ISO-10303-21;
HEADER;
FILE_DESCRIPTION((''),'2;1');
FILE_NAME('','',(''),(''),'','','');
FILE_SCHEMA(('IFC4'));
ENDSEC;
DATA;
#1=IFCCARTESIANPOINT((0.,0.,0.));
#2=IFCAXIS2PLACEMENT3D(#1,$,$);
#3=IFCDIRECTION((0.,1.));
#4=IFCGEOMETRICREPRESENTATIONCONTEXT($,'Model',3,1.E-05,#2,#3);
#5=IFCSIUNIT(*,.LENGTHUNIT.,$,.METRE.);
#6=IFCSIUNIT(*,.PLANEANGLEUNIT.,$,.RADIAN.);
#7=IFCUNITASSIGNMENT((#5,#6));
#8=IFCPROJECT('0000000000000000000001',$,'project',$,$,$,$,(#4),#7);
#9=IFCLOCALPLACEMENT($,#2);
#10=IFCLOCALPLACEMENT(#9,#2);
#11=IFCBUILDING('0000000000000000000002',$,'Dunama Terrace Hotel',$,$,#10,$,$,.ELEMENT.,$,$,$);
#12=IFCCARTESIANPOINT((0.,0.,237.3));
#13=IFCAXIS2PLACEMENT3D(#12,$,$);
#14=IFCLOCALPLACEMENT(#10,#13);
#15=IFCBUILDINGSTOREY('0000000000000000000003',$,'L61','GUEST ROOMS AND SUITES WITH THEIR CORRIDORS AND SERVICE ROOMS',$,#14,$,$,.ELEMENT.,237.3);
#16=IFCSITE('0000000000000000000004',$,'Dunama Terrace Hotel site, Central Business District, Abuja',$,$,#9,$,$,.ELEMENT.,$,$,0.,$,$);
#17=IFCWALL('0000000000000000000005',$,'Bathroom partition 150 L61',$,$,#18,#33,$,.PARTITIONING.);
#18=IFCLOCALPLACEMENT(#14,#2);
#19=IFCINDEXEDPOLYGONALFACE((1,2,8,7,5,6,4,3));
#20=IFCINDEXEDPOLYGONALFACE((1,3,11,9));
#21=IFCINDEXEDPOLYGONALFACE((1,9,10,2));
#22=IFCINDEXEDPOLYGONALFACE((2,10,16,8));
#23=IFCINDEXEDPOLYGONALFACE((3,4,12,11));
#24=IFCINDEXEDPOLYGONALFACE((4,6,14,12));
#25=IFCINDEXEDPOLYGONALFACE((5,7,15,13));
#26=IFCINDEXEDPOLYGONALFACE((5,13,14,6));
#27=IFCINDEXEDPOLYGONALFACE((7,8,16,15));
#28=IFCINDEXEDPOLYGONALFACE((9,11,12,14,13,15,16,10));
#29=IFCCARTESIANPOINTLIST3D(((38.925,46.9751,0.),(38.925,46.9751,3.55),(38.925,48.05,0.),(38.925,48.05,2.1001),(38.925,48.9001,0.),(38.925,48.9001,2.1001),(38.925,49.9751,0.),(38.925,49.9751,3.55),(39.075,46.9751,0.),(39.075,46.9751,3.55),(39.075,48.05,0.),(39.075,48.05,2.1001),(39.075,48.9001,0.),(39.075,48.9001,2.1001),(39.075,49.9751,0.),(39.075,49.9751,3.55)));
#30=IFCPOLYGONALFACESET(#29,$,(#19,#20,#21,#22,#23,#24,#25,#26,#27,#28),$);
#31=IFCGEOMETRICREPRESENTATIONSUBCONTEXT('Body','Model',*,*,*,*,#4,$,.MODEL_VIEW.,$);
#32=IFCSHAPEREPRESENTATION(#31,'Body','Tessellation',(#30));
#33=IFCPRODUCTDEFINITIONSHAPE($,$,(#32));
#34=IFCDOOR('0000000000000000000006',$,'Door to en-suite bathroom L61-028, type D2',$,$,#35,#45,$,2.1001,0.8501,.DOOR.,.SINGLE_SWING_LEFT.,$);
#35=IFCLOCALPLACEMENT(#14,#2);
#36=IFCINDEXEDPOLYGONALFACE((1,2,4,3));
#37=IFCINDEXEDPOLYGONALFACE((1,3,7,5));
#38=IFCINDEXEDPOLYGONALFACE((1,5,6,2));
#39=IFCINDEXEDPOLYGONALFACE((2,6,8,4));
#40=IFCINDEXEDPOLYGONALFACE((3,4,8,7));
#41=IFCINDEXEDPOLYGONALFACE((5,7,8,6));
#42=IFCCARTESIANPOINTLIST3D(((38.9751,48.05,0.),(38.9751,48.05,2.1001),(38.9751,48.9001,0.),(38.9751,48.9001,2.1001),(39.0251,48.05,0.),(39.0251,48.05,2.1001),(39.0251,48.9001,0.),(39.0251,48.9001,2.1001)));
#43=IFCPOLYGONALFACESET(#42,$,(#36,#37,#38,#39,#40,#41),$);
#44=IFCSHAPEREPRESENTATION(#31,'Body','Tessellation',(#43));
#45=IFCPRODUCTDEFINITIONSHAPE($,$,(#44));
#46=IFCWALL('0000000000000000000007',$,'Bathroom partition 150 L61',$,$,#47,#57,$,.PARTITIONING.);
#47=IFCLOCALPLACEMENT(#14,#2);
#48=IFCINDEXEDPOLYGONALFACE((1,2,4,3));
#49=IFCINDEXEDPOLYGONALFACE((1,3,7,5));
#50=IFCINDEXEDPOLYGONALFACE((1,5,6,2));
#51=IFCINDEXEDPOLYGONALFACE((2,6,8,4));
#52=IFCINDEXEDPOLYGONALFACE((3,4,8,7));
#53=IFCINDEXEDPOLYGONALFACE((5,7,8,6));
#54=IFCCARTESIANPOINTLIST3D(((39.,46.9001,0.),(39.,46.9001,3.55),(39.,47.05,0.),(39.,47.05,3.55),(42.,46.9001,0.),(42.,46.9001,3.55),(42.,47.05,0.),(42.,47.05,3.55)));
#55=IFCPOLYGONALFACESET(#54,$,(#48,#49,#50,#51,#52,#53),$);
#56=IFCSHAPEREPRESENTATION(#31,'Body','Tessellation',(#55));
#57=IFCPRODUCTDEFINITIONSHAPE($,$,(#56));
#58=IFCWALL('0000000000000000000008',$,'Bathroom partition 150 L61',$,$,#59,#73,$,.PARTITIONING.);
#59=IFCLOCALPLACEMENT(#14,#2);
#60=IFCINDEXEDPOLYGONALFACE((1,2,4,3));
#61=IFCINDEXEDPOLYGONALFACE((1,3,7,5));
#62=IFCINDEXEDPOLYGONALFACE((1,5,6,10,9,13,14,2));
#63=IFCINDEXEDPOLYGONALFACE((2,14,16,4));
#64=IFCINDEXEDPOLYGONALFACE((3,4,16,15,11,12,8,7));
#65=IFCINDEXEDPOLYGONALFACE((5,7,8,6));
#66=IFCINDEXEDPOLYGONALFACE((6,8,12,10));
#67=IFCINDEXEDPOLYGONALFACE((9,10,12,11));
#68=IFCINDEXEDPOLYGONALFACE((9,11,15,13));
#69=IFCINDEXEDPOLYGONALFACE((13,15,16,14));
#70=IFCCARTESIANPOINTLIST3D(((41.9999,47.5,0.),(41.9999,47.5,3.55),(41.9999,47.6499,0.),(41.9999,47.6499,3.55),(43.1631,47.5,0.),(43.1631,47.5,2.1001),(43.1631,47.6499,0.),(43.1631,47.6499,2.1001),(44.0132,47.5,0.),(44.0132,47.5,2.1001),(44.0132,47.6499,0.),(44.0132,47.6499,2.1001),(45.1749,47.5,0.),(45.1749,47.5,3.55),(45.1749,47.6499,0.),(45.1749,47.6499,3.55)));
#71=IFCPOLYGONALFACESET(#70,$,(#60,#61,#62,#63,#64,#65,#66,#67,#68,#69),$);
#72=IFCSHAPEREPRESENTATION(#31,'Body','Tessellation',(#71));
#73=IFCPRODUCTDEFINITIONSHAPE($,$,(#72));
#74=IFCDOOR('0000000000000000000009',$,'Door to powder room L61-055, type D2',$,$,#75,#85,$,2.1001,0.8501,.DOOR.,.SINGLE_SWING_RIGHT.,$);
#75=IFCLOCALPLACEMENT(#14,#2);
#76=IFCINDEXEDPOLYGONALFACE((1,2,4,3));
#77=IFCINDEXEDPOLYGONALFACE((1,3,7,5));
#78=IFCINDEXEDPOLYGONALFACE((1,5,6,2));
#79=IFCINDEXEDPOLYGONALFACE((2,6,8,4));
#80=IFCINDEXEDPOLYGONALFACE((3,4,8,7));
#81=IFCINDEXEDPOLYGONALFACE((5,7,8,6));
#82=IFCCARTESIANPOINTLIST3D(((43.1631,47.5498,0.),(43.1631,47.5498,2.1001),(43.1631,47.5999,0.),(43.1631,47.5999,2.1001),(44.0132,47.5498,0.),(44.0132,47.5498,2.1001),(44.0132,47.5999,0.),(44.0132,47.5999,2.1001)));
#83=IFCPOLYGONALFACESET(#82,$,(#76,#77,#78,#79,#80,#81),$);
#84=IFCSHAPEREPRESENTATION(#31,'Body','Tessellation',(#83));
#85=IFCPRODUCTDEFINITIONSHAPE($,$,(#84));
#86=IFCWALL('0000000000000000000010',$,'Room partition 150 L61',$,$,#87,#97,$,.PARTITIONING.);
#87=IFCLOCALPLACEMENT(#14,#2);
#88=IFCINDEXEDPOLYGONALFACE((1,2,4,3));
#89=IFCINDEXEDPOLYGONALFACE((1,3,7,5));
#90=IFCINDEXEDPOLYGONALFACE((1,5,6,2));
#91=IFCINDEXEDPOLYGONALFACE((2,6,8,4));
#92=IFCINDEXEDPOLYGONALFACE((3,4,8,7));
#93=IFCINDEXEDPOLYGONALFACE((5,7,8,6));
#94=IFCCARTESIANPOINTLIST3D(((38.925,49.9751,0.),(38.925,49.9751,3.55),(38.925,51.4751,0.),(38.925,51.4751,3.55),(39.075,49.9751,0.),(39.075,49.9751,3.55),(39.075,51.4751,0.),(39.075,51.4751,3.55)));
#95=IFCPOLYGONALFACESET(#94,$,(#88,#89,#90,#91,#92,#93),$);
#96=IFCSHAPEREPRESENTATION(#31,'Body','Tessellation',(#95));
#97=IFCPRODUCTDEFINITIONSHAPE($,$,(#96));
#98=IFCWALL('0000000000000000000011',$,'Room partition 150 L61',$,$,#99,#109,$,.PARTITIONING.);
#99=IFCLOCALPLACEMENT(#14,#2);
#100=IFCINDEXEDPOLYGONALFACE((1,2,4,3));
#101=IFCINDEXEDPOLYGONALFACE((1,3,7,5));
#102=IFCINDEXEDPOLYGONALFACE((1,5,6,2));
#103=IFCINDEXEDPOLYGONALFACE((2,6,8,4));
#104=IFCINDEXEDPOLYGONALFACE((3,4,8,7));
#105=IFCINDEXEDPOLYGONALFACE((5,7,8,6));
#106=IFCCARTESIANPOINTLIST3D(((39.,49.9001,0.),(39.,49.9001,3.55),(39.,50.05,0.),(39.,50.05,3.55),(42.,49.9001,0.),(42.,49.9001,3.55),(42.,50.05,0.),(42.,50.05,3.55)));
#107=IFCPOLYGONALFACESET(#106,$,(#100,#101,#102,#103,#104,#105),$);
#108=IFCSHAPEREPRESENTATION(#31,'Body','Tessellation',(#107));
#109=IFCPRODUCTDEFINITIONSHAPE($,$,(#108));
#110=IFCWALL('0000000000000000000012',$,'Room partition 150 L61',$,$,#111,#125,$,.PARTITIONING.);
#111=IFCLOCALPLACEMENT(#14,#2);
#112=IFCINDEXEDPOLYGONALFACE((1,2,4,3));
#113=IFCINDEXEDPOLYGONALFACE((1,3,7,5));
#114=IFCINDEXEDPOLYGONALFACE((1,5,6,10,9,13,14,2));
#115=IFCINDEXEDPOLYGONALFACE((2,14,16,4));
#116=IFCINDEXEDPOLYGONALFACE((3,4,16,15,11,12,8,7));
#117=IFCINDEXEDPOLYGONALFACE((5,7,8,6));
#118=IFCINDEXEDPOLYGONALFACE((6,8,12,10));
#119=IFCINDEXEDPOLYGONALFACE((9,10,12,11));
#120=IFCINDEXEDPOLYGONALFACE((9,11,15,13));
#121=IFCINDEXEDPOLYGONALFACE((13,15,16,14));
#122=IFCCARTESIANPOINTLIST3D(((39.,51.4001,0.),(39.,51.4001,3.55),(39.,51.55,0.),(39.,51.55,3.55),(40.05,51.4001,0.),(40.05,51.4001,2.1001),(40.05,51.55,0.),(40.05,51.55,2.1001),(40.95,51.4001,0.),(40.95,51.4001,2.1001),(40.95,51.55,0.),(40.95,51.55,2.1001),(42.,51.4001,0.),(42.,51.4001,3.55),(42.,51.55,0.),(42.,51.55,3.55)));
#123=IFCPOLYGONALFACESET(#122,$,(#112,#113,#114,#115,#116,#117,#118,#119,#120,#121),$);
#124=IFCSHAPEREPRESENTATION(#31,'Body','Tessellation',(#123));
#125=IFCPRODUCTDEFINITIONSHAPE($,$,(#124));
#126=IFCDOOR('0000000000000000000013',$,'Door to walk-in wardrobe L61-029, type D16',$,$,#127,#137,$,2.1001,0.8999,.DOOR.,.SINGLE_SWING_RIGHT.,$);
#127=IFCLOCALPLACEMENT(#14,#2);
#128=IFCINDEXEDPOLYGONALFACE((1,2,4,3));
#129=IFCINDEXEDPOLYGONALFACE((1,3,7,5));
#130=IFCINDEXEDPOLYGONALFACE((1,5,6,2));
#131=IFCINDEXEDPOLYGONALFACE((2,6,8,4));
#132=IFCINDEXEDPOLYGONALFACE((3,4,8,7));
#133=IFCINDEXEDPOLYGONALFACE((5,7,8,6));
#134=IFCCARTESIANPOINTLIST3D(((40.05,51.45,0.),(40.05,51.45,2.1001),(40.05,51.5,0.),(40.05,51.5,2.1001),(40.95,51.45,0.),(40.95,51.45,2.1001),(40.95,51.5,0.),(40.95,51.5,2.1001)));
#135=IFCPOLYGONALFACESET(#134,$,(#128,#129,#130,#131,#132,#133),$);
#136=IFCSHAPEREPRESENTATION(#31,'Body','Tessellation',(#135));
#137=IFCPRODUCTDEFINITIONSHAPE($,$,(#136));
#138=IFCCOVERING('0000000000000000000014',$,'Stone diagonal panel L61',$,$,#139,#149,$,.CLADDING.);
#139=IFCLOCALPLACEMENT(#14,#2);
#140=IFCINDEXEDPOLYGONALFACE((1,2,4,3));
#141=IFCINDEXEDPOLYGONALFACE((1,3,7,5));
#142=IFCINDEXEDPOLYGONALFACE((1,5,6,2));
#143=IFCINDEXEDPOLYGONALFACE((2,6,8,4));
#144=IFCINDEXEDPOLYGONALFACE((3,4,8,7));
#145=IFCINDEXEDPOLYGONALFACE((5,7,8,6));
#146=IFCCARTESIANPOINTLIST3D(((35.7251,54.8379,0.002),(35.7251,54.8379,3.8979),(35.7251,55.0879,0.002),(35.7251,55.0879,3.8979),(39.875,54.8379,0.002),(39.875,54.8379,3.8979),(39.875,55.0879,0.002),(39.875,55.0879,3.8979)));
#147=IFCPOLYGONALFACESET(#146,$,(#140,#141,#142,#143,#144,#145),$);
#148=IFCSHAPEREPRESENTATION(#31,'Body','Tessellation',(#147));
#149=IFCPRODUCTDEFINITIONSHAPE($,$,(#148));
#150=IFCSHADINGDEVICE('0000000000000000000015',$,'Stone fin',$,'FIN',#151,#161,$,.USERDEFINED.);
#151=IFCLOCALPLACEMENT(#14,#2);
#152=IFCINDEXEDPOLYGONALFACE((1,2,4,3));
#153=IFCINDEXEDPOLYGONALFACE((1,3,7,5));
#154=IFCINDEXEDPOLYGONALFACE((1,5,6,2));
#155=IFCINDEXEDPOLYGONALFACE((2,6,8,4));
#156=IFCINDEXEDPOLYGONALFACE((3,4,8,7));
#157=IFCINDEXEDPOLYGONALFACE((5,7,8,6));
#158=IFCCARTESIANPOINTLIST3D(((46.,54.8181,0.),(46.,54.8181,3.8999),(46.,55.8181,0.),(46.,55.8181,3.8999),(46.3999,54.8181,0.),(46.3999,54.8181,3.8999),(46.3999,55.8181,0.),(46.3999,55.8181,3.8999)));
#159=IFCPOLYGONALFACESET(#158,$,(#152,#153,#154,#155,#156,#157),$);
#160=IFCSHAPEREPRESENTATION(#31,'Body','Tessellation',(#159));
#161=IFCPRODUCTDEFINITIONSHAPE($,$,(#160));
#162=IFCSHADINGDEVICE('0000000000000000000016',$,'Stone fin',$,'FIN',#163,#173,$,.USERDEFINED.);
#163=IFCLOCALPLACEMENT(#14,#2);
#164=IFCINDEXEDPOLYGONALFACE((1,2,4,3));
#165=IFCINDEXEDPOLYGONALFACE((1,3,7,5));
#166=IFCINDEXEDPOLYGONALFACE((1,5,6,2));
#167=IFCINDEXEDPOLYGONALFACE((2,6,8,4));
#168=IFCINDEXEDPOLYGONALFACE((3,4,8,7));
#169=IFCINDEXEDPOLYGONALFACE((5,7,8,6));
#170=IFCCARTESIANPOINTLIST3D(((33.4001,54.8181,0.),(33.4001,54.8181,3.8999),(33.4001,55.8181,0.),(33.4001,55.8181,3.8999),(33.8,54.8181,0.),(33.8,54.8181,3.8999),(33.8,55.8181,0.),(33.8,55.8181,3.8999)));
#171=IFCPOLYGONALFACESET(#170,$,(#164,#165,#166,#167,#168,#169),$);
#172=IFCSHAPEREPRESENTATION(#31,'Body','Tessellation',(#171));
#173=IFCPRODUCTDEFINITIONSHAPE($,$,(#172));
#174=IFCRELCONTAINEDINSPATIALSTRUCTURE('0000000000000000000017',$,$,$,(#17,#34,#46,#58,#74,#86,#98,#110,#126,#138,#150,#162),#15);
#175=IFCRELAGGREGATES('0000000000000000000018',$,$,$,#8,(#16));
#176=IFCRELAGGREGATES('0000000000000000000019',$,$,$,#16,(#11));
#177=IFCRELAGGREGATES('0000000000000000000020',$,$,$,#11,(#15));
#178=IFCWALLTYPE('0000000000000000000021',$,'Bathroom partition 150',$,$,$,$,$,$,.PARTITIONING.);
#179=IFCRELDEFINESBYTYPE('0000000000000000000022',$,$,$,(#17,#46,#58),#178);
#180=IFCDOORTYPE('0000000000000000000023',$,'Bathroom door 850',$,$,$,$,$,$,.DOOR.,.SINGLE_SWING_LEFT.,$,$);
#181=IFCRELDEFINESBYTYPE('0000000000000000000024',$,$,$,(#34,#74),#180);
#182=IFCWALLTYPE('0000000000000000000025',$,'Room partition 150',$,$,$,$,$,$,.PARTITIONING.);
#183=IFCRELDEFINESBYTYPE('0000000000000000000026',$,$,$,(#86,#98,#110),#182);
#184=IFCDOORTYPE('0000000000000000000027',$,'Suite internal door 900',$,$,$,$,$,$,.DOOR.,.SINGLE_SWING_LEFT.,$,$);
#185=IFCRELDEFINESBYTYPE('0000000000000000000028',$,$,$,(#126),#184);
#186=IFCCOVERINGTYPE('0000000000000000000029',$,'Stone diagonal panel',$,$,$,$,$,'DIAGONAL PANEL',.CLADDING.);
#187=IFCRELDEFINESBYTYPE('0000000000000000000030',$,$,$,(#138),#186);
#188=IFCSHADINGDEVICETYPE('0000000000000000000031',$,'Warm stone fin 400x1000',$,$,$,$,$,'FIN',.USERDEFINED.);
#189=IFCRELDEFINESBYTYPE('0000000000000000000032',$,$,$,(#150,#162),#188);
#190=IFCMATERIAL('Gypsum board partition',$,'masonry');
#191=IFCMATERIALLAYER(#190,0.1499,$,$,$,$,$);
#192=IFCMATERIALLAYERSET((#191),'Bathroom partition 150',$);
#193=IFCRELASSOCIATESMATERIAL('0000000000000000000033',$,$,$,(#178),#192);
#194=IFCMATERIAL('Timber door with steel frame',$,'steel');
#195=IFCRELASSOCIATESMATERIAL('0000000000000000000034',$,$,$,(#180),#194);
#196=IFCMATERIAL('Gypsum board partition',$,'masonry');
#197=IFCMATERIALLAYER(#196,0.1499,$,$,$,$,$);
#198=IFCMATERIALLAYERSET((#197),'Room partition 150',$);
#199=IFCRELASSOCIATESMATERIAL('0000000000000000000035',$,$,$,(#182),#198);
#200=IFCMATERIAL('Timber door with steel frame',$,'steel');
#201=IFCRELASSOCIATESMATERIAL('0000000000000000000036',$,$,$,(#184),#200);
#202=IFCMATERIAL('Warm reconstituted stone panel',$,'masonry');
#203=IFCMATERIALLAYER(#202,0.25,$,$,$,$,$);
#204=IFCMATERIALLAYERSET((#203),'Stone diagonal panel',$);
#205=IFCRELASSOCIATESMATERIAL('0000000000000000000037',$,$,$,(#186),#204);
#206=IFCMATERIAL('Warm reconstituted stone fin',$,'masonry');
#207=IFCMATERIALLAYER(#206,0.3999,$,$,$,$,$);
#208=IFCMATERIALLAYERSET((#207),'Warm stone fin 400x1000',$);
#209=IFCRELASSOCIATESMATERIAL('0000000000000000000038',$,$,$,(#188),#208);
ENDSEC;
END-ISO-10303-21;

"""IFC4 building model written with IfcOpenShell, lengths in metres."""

from ifc_helpers import new_model, si_unit, direction, frame, frame_2d, origin, origin_2d, place, context, subcontext, project, spatial, rectangle, extrude, material, layer, layer_set, type_object, element, fill, save


model = new_model("IFC4")

# Units and contexts
model_context = context("Model", 3, precision=1e-05, world=origin(), true_north=direction((0.0, 1.0)))
body_context = subcontext(model_context, "Body", "Model", "MODEL_VIEW")
ifc_project = project(units=[si_unit("LENGTHUNIT", "METRE"), si_unit("PLANEANGLEUNIT", "RADIAN")], contexts=[model_context])

# Site, building, storey
site_placement = place(None, origin())
site = spatial("IfcSite", under=ifc_project, at=site_placement, Name="Dunama Terrace Hotel site, Central Business District, Abuja", CompositionType="ELEMENT", RefElevation=0.0)
building_placement = place(site_placement, origin())
building = spatial("IfcBuilding", under=site, at=building_placement, Name="Dunama Terrace Hotel", CompositionType="ELEMENT")
storey_placement = place(building_placement, frame((0.0, 0.0, 237.3)))
storey = spatial("IfcBuildingStorey", under=building, at=storey_placement, Name="L61", Description="GUEST ROOMS AND SUITES WITH THEIR CORRIDORS AND SERVICE ROOMS", CompositionType="ELEMENT", Elevation=237.3)

# Wall, opening, door
ifc_material_1 = material(Name="Gypsum board partition", Category="masonry")
ifc_layer_1 = layer(ifc_material_1, 0.1499)
ifc_layer_set_1 = layer_set([ifc_layer_1], Name="Bathroom partition 150")
wall_type_1 = type_object("IfcWallType", Name="Bathroom partition 150", PredefinedType="PARTITIONING", material=ifc_layer_set_1)
wall_1_placement = place(storey_placement, frame((39.0, 46.9751, 0.0), z_axis=(0.0, 0.0, 1.0), x_axis=(0.0, 1.0, 0.0)))
wall_1 = element("IfcWall", 1, at=wall_1_placement, inside=storey, type_object=wall_type_1, Name="Bathroom partition 150 L61", PredefinedType="PARTITIONING", context=body_context, shape_type="SweptSolid", body=[
    extrude(rectangle(XDim=3.0, YDim=0.1499, at=frame_2d((1.5, 0.0))), origin(), (0.0, 0.0, 1.0), 3.55),
])
opening_1_placement = place(wall_1_placement, frame((1.075, 0.0, 0.0)))
opening_1 = element("IfcOpeningElement", 2, at=opening_1_placement, cuts=wall_1, PredefinedType="OPENING", context=body_context, shape_type="SweptSolid", body=[
    extrude(rectangle(XDim=0.8501, YDim=2.1001, at=frame_2d((0.425, 1.05))), frame((0.0, 0.085, 0.0), z_axis=(0.0, -1.0, 0.0), x_axis=(1.0, 0.0, 0.0)), (0.0, 0.0, 1.0), 0.1699),
])
ifc_material_2 = material(Name="Timber door with steel frame", Category="steel")
door_type_1 = type_object("IfcDoorType", Name="Bathroom door 850", OperationType="SINGLE_SWING_LEFT", PredefinedType="DOOR", material=ifc_material_2)
door_1_placement = place(opening_1_placement, frame((0.8501, 0.0, 0.0), z_axis=(0.0, 0.0, 1.0), x_axis=(-1.0, 0.0, 0.0)))
door_1 = element("IfcDoor", 3, at=door_1_placement, inside=storey, type_object=door_type_1, Name="Door to en-suite bathroom L61-028, type D2", OperationType="SINGLE_SWING_LEFT", OverallHeight=2.1001, OverallWidth=0.8501, PredefinedType="DOOR", context=body_context, shape_type="SweptSolid", body=[
    extrude(rectangle(XDim=0.8501, YDim=2.1001, at=frame_2d((0.425, 1.05))), frame((0.0, 0.0251, 0.0), z_axis=(0.0, -1.0, 0.0), x_axis=(1.0, 0.0, 0.0)), (0.0, 0.0, 1.0), 0.05),
])
fill(opening_1, door_1)

# Wall
wall_2_placement = place(storey_placement, frame((39.0, 46.9751, 0.0), z_axis=(0.0, 0.0, 1.0), x_axis=(1.0, 0.0, 0.0)))
element("IfcWall", 4, at=wall_2_placement, inside=storey, type_object=wall_type_1, Name="Bathroom partition 150 L61", PredefinedType="PARTITIONING", context=body_context, shape_type="SweptSolid", body=[
    extrude(rectangle(XDim=3.0, YDim=0.1499, at=frame_2d((1.5, 0.0))), origin(), (0.0, 0.0, 1.0), 3.55),
])

# Wall, opening, door
wall_3_placement = place(storey_placement, frame((42.0, 47.575, 0.0), z_axis=(0.0, 0.0, 1.0), x_axis=(1.0, 0.0, 0.0)))
wall_3 = element("IfcWall", 5, at=wall_3_placement, inside=storey, type_object=wall_type_1, Name="Bathroom partition 150 L61", PredefinedType="PARTITIONING", context=body_context, shape_type="SweptSolid", body=[
    extrude(rectangle(XDim=3.175, YDim=0.1499, at=frame_2d((1.5874, 0.0))), origin(), (0.0, 0.0, 1.0), 3.55),
])
opening_2_placement = place(wall_3_placement, frame((1.1631, 0.0, 0.0)))
opening_2 = element("IfcOpeningElement", 6, at=opening_2_placement, cuts=wall_3, PredefinedType="OPENING", context=body_context, shape_type="SweptSolid", body=[
    extrude(rectangle(XDim=0.8501, YDim=2.1001, at=frame_2d((0.425, 1.05))), frame((0.0, 0.085, 0.0), z_axis=(0.0, -1.0, 0.0), x_axis=(1.0, 0.0, 0.0)), (0.0, 0.0, 1.0), 0.1699),
])
door_2_placement = place(opening_2_placement, frame((0.8501, 0.0, 0.0), z_axis=(0.0, 0.0, 1.0), x_axis=(-1.0, 0.0, 0.0)))
door_2 = element("IfcDoor", 7, at=door_2_placement, inside=storey, type_object=door_type_1, Name="Door to powder room L61-055, type D2", OperationType="SINGLE_SWING_RIGHT", OverallHeight=2.1001, OverallWidth=0.8501, PredefinedType="DOOR", context=body_context, shape_type="SweptSolid", body=[
    extrude(rectangle(XDim=0.8501, YDim=2.1001, at=frame_2d((0.425, 1.05))), frame((0.0, 0.0251, 0.0), z_axis=(0.0, -1.0, 0.0), x_axis=(1.0, 0.0, 0.0)), (0.0, 0.0, 1.0), 0.05),
])
fill(opening_2, door_2)

# Walls
ifc_material_3 = material(Name="Gypsum board partition", Category="masonry")
ifc_layer_2 = layer(ifc_material_3, 0.1499)
ifc_layer_set_2 = layer_set([ifc_layer_2], Name="Room partition 150")
wall_type_2 = type_object("IfcWallType", Name="Room partition 150", PredefinedType="PARTITIONING", material=ifc_layer_set_2)
wall_4_placement = place(storey_placement, frame((39.0, 49.9751, 0.0), z_axis=(0.0, 0.0, 1.0), x_axis=(0.0, 1.0, 0.0)))
element("IfcWall", 8, at=wall_4_placement, inside=storey, type_object=wall_type_2, Name="Room partition 150 L61", PredefinedType="PARTITIONING", context=body_context, shape_type="SweptSolid", body=[
    extrude(rectangle(XDim=1.5, YDim=0.1499, at=frame_2d((0.75, 0.0))), origin(), (0.0, 0.0, 1.0), 3.55),
])
wall_5_placement = place(storey_placement, frame((39.0, 49.9751, 0.0), z_axis=(0.0, 0.0, 1.0), x_axis=(1.0, 0.0, 0.0)))
element("IfcWall", 9, at=wall_5_placement, inside=storey, type_object=wall_type_2, Name="Room partition 150 L61", PredefinedType="PARTITIONING", context=body_context, shape_type="SweptSolid", body=[
    extrude(rectangle(XDim=3.0, YDim=0.1499, at=frame_2d((1.5, 0.0))), origin(), (0.0, 0.0, 1.0), 3.55),
])

# Wall, opening, door
wall_6_placement = place(storey_placement, frame((39.0, 51.4751, 0.0), z_axis=(0.0, 0.0, 1.0), x_axis=(1.0, 0.0, 0.0)))
wall_6 = element("IfcWall", 10, at=wall_6_placement, inside=storey, type_object=wall_type_2, Name="Room partition 150 L61", PredefinedType="PARTITIONING", context=body_context, shape_type="SweptSolid", body=[
    extrude(rectangle(XDim=3.0, YDim=0.1499, at=frame_2d((1.5, 0.0))), origin(), (0.0, 0.0, 1.0), 3.55),
])
opening_3_placement = place(wall_6_placement, frame((1.05, 0.0, 0.0)))
opening_3 = element("IfcOpeningElement", 11, at=opening_3_placement, cuts=wall_6, PredefinedType="OPENING", context=body_context, shape_type="SweptSolid", body=[
    extrude(rectangle(XDim=0.8999, YDim=2.1001, at=frame_2d((0.45, 1.05))), frame((0.0, 0.085, 0.0), z_axis=(0.0, -1.0, 0.0), x_axis=(1.0, 0.0, 0.0)), (0.0, 0.0, 1.0), 0.1699),
])
ifc_material_4 = material(Name="Timber door with steel frame", Category="steel")
door_type_2 = type_object("IfcDoorType", Name="Suite internal door 900", OperationType="SINGLE_SWING_LEFT", PredefinedType="DOOR", material=ifc_material_4)
door_3_placement = place(opening_3_placement, frame((0.8999, 0.0, 0.0), z_axis=(0.0, 0.0, 1.0), x_axis=(-1.0, 0.0, 0.0)))
door_3 = element("IfcDoor", 12, at=door_3_placement, inside=storey, type_object=door_type_2, Name="Door to walk-in wardrobe L61-029, type D16", OperationType="SINGLE_SWING_RIGHT", OverallHeight=2.1001, OverallWidth=0.8999, PredefinedType="DOOR", context=body_context, shape_type="SweptSolid", body=[
    extrude(rectangle(XDim=0.8999, YDim=2.1001, at=frame_2d((0.45, 1.05))), frame((0.0, 0.0251, 0.0), z_axis=(0.0, -1.0, 0.0), x_axis=(1.0, 0.0, 0.0)), (0.0, 0.0, 1.0), 0.05),
])
fill(opening_3, door_3)

# Covering
ifc_material_5 = material(Name="Warm reconstituted stone panel", Category="masonry")
ifc_layer_3 = layer(ifc_material_5, 0.25)
ifc_layer_set_3 = layer_set([ifc_layer_3], Name="Stone diagonal panel")
covering_type = type_object("IfcCoveringType", Name="Stone diagonal panel", ElementType="DIAGONAL PANEL", PredefinedType="CLADDING", material=ifc_layer_set_3)
covering_placement = place(storey_placement, frame((37.8, 54.9629, 0.002), z_axis=(0.0, 0.0, 1.0), x_axis=(-1.0, 0.0, 0.0)))
element("IfcCovering", 13, at=covering_placement, inside=storey, type_object=covering_type, Name="Stone diagonal panel L61", PredefinedType="CLADDING", context=body_context, shape_type="SweptSolid", body=[
    extrude(rectangle(XDim=4.1499, YDim=0.25, at=origin_2d()), origin(), (0.0, 0.0, 1.0), 3.896),
])

# Shading devices
ifc_material_6 = material(Name="Warm reconstituted stone fin", Category="masonry")
ifc_layer_4 = layer(ifc_material_6, 0.3999)
ifc_layer_set_4 = layer_set([ifc_layer_4], Name="Warm stone fin 400x1000")
shading_device_type = type_object("IfcShadingDeviceType", Name="Warm stone fin 400x1000", ElementType="FIN", PredefinedType="USERDEFINED", material=ifc_layer_set_4)
for number, where, z_axis, x_axis, name in (
    (14, (46.2, 55.3181, 0.0), (0.0, 0.0, 1.0), (-1.0, 0.0, 0.0), "Stone fin"),
    (15, (33.6001, 55.3181, 0.0), (0.0, 0.0, 1.0), (-1.0, 0.0, 0.0), "Stone fin"),
):
    element("IfcShadingDevice", number, at=place(storey_placement, frame(where, z_axis=z_axis, x_axis=x_axis)), inside=storey, type_object=shading_device_type, Name=name, ObjectType="FIN", PredefinedType="USERDEFINED", context=body_context, shape_type="SweptSolid", body=[
        extrude(rectangle(XDim=0.3999, YDim=1.0, at=origin_2d()), origin(), (0.0, 0.0, 1.0), 3.8999),
    ])

save(model, "model.ifc")
